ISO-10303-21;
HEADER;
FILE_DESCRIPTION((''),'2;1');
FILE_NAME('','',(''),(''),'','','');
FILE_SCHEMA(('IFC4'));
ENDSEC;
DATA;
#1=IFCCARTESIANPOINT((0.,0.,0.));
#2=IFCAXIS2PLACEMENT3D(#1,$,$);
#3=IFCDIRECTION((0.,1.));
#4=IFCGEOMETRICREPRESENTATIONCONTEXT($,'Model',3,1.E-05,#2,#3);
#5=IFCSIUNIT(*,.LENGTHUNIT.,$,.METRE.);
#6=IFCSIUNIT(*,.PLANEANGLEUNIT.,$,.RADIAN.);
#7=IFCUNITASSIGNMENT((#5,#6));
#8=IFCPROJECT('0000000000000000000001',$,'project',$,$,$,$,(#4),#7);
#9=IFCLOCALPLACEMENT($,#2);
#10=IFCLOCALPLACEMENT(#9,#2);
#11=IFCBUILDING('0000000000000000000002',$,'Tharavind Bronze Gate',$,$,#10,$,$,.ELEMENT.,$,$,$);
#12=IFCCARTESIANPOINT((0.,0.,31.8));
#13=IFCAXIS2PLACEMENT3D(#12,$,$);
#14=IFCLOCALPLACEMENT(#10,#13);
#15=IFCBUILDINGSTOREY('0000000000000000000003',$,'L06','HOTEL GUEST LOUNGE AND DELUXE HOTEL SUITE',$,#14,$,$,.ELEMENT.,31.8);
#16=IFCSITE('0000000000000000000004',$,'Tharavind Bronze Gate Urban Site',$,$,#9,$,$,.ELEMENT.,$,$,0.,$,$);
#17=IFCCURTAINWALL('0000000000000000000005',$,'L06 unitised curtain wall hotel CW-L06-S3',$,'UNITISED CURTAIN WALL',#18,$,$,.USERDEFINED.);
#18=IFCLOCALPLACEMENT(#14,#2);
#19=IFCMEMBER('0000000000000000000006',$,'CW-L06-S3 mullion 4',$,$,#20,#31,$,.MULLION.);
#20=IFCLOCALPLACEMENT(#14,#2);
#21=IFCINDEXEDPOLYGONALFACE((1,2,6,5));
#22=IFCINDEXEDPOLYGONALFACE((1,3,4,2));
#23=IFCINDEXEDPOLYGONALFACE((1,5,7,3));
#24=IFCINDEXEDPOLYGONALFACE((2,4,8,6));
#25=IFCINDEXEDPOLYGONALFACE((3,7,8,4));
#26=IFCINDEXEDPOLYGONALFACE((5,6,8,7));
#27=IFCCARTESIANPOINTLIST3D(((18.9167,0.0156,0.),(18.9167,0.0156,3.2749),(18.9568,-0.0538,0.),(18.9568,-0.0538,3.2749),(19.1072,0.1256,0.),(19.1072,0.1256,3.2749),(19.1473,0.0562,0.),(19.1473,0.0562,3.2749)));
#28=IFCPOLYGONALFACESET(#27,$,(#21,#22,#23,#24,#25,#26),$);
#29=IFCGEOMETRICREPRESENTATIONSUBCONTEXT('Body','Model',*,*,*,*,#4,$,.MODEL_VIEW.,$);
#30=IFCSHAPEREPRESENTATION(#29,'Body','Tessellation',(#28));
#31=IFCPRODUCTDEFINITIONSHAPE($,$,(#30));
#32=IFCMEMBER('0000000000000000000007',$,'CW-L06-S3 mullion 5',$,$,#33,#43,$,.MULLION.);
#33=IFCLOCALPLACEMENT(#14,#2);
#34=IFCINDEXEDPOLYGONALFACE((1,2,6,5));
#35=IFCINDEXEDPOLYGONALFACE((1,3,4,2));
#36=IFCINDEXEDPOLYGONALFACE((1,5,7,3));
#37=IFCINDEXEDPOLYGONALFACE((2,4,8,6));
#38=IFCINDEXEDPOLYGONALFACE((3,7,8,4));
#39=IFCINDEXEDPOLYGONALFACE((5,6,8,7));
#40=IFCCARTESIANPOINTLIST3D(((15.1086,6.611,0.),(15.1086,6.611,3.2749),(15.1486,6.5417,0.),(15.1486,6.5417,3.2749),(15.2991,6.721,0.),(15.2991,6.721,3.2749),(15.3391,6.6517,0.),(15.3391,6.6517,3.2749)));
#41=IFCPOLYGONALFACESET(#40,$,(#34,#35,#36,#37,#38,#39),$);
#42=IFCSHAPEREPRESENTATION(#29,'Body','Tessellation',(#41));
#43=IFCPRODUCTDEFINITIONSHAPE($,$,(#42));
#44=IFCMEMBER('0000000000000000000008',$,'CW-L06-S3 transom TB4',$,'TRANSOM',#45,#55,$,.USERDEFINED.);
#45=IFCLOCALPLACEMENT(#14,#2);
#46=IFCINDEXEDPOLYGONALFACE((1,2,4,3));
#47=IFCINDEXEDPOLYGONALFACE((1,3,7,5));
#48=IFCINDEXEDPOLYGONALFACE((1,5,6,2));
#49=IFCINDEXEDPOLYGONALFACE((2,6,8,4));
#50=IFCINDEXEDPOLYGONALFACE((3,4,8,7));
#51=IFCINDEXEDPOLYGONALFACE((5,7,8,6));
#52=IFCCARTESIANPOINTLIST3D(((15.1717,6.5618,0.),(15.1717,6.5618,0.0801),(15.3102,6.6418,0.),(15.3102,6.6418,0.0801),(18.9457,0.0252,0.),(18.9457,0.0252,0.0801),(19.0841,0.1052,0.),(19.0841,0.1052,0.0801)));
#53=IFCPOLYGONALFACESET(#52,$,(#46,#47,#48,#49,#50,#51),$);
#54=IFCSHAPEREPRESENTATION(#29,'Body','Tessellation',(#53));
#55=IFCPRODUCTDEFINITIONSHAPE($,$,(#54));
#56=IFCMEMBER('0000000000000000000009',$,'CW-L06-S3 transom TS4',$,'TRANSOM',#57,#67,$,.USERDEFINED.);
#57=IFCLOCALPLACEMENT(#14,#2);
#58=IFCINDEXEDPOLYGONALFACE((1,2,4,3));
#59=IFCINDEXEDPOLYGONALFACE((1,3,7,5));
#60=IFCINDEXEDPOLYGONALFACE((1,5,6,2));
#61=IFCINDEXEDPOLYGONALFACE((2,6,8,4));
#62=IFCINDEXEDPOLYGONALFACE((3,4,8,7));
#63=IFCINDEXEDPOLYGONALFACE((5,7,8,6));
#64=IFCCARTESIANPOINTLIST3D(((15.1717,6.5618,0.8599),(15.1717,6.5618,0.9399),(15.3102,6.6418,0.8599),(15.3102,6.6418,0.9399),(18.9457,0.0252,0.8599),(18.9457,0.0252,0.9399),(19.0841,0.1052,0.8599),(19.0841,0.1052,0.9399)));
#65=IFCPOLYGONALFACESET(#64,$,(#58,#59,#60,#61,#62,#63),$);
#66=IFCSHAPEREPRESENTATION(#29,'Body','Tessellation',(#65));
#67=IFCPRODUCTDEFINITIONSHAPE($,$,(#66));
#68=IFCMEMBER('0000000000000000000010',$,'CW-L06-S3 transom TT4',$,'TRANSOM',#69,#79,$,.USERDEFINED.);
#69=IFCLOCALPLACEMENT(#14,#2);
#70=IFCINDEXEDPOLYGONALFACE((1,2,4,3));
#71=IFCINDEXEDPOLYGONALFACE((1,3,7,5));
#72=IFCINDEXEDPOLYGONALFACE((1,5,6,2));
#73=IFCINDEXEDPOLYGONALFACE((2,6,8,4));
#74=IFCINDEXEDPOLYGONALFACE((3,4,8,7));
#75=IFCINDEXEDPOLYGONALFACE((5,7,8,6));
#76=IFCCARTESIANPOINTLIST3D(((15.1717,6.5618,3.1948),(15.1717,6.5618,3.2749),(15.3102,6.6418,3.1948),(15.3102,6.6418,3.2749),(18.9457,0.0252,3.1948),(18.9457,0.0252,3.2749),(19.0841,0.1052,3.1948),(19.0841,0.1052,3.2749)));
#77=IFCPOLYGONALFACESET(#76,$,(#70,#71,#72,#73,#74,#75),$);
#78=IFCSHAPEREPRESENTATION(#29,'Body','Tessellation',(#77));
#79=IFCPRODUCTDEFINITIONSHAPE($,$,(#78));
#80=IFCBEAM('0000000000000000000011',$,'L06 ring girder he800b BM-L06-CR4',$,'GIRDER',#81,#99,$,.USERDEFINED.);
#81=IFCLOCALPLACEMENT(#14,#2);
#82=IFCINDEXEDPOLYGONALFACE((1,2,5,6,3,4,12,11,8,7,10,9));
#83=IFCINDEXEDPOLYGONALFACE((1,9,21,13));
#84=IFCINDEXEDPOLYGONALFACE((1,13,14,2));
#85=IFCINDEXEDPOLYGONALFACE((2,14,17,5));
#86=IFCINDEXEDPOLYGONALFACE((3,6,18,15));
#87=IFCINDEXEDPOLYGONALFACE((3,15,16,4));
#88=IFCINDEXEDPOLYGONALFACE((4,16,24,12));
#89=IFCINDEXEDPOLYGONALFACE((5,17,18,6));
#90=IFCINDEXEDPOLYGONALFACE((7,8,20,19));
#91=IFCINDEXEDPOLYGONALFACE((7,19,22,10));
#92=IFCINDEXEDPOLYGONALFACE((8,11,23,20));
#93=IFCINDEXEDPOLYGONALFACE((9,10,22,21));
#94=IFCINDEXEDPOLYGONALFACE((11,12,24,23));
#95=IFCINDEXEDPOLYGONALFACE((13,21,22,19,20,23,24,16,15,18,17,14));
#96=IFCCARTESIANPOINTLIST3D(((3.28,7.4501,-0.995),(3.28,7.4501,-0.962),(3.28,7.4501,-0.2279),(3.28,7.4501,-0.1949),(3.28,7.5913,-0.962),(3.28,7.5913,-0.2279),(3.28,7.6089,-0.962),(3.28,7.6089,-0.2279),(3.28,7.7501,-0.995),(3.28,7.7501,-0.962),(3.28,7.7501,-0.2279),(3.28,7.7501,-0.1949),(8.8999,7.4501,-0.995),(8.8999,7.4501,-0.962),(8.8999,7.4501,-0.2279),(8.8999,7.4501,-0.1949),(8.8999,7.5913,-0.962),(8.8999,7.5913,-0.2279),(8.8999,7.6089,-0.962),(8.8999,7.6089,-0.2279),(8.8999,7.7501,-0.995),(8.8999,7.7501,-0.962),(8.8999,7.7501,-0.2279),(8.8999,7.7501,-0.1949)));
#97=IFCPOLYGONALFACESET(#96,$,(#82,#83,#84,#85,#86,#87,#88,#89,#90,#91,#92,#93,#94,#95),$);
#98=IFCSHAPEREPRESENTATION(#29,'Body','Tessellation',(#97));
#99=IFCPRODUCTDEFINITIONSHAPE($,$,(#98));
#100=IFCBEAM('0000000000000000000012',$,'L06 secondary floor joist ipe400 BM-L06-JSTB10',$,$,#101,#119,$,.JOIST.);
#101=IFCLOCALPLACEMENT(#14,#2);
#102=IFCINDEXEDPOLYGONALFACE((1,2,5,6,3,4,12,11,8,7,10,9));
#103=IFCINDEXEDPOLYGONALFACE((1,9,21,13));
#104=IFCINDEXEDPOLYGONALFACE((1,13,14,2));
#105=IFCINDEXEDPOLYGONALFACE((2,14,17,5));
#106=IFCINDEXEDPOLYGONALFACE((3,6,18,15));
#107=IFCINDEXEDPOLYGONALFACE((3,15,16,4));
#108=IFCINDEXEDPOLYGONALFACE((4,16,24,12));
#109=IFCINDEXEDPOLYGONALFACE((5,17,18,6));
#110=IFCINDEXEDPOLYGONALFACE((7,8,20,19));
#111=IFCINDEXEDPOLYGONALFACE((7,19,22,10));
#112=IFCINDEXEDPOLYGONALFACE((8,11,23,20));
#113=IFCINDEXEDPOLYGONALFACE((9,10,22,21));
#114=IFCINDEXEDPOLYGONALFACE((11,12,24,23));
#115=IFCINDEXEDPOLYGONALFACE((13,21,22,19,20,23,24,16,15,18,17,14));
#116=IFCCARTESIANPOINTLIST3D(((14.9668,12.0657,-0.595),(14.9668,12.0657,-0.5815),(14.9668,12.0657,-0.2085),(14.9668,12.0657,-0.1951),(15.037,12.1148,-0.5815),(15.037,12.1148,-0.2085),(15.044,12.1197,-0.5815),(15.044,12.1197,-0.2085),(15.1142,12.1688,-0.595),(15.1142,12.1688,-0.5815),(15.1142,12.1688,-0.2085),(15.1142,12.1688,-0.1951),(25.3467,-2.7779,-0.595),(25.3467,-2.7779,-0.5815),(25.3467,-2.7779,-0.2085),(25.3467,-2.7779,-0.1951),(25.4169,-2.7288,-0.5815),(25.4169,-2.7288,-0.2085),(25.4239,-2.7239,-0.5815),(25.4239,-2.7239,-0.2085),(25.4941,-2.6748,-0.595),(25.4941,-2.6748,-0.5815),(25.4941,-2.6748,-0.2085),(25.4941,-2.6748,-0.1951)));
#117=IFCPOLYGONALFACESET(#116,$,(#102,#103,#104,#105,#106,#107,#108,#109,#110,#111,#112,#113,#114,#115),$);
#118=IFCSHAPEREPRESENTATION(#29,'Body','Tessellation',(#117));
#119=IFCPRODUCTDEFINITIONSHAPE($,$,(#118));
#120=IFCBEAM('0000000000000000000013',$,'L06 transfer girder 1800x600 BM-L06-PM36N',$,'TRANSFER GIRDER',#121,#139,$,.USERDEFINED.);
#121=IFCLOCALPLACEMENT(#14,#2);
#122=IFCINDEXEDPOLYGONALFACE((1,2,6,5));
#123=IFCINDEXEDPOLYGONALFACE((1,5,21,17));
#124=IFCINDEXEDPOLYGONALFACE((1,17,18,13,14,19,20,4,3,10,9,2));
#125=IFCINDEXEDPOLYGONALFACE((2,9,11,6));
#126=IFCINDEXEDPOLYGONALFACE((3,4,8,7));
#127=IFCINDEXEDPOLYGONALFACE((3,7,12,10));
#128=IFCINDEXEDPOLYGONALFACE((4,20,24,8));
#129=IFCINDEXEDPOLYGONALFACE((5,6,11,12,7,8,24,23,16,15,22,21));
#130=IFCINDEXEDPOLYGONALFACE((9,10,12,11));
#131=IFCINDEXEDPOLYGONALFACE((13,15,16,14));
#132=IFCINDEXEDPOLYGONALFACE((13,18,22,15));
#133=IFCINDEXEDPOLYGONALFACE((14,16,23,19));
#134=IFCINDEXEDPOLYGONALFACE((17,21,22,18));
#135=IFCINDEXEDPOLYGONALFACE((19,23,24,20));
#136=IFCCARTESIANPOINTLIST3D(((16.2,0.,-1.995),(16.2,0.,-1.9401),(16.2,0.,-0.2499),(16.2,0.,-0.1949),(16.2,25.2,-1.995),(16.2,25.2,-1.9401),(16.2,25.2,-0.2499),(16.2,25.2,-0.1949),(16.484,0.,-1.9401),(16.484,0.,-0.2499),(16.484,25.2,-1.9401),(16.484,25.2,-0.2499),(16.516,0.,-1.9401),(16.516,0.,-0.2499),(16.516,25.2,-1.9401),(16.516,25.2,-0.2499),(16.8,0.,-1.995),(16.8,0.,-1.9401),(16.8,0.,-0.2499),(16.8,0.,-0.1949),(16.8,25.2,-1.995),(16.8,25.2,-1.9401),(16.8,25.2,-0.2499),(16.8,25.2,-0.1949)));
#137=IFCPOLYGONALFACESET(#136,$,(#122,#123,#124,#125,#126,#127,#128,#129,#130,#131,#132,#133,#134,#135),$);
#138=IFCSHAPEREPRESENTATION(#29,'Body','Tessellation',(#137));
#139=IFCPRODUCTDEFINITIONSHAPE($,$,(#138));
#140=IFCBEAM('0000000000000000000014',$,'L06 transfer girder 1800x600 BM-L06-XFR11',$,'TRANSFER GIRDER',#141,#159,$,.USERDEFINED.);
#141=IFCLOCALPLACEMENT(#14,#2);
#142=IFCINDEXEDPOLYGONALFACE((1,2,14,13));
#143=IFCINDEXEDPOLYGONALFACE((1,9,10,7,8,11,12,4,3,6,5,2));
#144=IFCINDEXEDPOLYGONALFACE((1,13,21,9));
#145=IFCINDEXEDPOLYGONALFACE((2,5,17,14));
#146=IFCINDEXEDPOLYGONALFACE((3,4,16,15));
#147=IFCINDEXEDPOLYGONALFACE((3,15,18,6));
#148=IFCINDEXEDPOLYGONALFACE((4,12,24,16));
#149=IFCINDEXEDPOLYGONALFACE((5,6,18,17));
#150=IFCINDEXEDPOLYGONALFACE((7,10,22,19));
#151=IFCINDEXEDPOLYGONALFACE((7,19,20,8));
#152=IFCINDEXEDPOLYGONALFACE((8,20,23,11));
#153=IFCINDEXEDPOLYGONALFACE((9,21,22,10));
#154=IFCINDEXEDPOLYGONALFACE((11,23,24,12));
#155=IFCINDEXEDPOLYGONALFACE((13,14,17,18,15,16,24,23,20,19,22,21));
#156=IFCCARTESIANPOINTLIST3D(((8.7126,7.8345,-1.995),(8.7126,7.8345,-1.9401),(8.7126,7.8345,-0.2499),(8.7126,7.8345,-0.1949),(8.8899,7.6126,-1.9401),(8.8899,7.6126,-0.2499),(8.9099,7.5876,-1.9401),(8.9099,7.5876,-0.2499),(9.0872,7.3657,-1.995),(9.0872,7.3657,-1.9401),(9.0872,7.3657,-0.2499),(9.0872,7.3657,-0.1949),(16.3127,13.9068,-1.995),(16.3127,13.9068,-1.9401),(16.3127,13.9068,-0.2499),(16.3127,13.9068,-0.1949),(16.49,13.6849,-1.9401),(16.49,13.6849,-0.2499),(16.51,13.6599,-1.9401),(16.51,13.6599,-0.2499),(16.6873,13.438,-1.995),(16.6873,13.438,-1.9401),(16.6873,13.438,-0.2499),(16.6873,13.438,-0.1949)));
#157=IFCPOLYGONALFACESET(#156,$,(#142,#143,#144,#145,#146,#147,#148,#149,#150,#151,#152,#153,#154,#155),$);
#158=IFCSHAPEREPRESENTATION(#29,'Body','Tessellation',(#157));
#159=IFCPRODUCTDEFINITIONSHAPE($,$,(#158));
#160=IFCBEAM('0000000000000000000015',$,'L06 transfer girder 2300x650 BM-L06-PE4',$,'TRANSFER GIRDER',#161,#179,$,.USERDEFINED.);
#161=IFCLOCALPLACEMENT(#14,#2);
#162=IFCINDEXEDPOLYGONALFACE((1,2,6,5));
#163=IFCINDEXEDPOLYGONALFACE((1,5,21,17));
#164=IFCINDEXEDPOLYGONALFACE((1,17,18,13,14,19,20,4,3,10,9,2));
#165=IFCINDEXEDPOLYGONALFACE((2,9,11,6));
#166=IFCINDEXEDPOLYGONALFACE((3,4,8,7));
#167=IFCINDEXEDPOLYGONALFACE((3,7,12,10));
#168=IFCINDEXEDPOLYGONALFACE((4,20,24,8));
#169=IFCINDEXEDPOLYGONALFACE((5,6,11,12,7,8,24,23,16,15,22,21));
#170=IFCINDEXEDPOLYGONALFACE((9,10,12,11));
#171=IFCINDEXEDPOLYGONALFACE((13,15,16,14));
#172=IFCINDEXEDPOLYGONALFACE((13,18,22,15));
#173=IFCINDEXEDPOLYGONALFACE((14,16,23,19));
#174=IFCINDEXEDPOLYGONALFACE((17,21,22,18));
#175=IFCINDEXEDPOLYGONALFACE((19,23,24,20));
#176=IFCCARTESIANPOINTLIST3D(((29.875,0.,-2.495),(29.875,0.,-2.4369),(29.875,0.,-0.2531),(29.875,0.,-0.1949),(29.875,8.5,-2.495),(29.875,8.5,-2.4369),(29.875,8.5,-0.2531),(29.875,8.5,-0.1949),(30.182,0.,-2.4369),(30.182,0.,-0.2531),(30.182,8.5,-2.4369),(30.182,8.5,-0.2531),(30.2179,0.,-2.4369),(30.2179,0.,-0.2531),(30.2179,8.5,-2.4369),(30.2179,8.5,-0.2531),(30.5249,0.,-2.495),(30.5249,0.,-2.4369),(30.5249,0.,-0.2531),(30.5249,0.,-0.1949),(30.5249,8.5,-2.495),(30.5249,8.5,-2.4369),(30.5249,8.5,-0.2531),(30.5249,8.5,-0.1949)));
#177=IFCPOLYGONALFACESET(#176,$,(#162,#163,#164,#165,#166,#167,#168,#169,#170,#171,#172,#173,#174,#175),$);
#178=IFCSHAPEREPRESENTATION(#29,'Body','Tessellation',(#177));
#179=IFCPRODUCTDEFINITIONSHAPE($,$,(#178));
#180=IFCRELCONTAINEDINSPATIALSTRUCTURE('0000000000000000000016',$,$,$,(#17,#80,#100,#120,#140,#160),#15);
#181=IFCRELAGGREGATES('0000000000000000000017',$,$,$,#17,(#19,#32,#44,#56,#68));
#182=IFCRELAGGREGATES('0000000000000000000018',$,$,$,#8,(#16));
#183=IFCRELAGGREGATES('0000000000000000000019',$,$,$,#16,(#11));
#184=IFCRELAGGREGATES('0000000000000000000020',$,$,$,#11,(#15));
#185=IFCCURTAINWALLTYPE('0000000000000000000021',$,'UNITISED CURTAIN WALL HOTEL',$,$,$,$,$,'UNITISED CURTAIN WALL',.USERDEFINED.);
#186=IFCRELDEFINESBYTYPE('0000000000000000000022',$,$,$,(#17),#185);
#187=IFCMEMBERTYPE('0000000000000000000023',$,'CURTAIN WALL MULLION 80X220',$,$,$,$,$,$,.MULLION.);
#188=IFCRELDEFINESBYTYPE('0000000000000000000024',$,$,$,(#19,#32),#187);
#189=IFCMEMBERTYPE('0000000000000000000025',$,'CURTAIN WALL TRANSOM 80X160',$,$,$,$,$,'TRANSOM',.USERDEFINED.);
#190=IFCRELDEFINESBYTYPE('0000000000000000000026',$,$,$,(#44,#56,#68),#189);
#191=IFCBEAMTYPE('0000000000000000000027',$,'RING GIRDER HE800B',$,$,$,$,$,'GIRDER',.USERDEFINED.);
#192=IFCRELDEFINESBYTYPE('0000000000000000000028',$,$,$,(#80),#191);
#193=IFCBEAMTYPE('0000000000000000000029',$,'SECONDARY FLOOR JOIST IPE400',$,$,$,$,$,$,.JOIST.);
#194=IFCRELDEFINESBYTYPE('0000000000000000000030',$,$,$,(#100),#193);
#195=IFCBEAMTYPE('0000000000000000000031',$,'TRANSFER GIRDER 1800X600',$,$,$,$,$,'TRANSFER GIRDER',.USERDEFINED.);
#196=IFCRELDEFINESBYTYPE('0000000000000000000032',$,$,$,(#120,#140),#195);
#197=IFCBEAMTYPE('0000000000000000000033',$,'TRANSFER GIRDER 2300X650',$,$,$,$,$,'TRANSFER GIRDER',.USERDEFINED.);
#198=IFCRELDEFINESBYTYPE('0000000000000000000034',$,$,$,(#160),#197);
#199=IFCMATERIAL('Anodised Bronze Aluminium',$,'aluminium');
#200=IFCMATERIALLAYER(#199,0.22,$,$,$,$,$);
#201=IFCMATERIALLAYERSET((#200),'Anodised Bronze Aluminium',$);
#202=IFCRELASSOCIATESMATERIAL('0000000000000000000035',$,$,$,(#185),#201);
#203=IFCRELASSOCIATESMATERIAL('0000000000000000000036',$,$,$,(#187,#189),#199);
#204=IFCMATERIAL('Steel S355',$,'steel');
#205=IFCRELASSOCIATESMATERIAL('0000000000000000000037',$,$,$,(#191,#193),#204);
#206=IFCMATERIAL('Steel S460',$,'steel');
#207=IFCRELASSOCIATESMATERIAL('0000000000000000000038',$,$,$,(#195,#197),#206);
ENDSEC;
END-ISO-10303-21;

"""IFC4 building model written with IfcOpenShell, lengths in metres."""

from ifc_helpers import new_model, si_unit, direction, frame, origin, origin_2d, place, context, subcontext, project, spatial, rectangle, i_section, extrude, material, layer, layer_set, material_profile, profile_set, type_object, element, aggregate, save


model = new_model("IFC4")

# Units and contexts
model_context = context("Model", 3, precision=1e-05, world=origin(), true_north=direction((0.0, 1.0)))
body_context = subcontext(model_context, "Body", "Model", "MODEL_VIEW")
ifc_project = project(units=[si_unit("LENGTHUNIT", "METRE"), si_unit("PLANEANGLEUNIT", "RADIAN")], contexts=[model_context])

# Site, building, storey
site_placement = place(None, origin())
site = spatial("IfcSite", under=ifc_project, at=site_placement, Name="Tharavind Bronze Gate Urban Site", CompositionType="ELEMENT", RefElevation=0.0)
building_placement = place(site_placement, origin())
building = spatial("IfcBuilding", under=site, at=building_placement, Name="Tharavind Bronze Gate", CompositionType="ELEMENT")
storey_placement = place(building_placement, frame((0.0, 0.0, 31.8)))
storey = spatial("IfcBuildingStorey", under=building, at=storey_placement, Name="L06", Description="HOTEL GUEST LOUNGE AND DELUXE HOTEL SUITE", CompositionType="ELEMENT", Elevation=31.8)

# Curtain wall, members
ifc_material_1 = material(Name="Anodised Bronze Aluminium", Category="aluminium")
ifc_layer_1 = layer(ifc_material_1, 0.22)
ifc_layer_set_1 = layer_set([ifc_layer_1], Name="Anodised Bronze Aluminium")
curtain_wall_type = type_object("IfcCurtainWallType", Name="UNITISED CURTAIN WALL HOTEL", ElementType="UNITISED CURTAIN WALL", PredefinedType="USERDEFINED", material=ifc_layer_set_1)
curtain_wall_placement = place(storey_placement, origin())
curtain_wall = element("IfcCurtainWall", 1, at=curtain_wall_placement, inside=storey, type_object=curtain_wall_type, Name="L06 unitised curtain wall hotel CW-L06-S3", ObjectType="UNITISED CURTAIN WALL", PredefinedType="USERDEFINED")
member_type_1 = type_object("IfcMemberType", Name="CURTAIN WALL MULLION 80X220", PredefinedType="MULLION", material=ifc_material_1)
member_1_placement = place(storey_placement, frame((19.032, 0.0359, 0.0), z_axis=(0.0, 0.0, 1.0), x_axis=(-0.500002, 0.866025, 0.0)))
member_1 = element("IfcMember", 2, at=member_1_placement, type_object=member_type_1, Name="CW-L06-S3 mullion 4", PredefinedType="MULLION", context=body_context, shape_type="SweptSolid", body=[
    extrude(rectangle(XDim=0.0801, YDim=0.22, at=origin_2d()), origin(), (0.0, 0.0, 1.0), 3.2749),
])
member_2_placement = place(storey_placement, frame((15.2239, 6.6313, 0.0), z_axis=(0.0, 0.0, 1.0), x_axis=(-0.500002, 0.866025, 0.0)))
member_2 = element("IfcMember", 3, at=member_2_placement, type_object=member_type_1, Name="CW-L06-S3 mullion 5", PredefinedType="MULLION", context=body_context, shape_type="SweptSolid", body=[
    extrude(rectangle(XDim=0.0801, YDim=0.22, at=origin_2d()), origin(), (0.0, 0.0, 1.0), 3.2749),
])
member_type_2 = type_object("IfcMemberType", Name="CURTAIN WALL TRANSOM 80X160", ElementType="TRANSOM", PredefinedType="USERDEFINED", material=ifc_material_1)
member_3_placement = place(storey_placement, frame((17.1279, 3.3335, 0.0), z_axis=(0.0, 0.0, 1.0), x_axis=(-0.500002, 0.866025, 0.0)))
member_3 = element("IfcMember", 4, at=member_3_placement, type_object=member_type_2, Name="CW-L06-S3 transom TB4", ObjectType="TRANSOM", PredefinedType="USERDEFINED", context=body_context, shape_type="SweptSolid", body=[
    extrude(rectangle(XDim=7.5479, YDim=0.1599, at=origin_2d()), origin(), (0.0, 0.0, 1.0), 0.0801),
])
member_4_placement = place(storey_placement, frame((17.1279, 3.3335, 0.8599), z_axis=(0.0, 0.0, 1.0), x_axis=(-0.500002, 0.866025, 0.0)))
member_4 = element("IfcMember", 5, at=member_4_placement, type_object=member_type_2, Name="CW-L06-S3 transom TS4", ObjectType="TRANSOM", PredefinedType="USERDEFINED", context=body_context, shape_type="SweptSolid", body=[
    extrude(rectangle(XDim=7.5479, YDim=0.1599, at=origin_2d()), origin(), (0.0, 0.0, 1.0), 0.0801),
])
member_5_placement = place(storey_placement, frame((17.1279, 3.3335, 3.1948), z_axis=(0.0, 0.0, 1.0), x_axis=(-0.500002, 0.866025, 0.0)))
member_5 = element("IfcMember", 6, at=member_5_placement, type_object=member_type_2, Name="CW-L06-S3 transom TT4", ObjectType="TRANSOM", PredefinedType="USERDEFINED", context=body_context, shape_type="SweptSolid", body=[
    extrude(rectangle(XDim=7.5479, YDim=0.1599, at=origin_2d()), origin(), (0.0, 0.0, 1.0), 0.0801),
])

# Beams
ifc_material_2 = material(Name="Steel S355", Category="steel")
ifc_material_profile_1 = material_profile(ifc_material_2, i_section(OverallWidth=0.3, OverallDepth=0.8, WebThickness=0.0176, FlangeThickness=0.033, at=origin_2d()), Name="HE800B")
ifc_profile_set_1 = profile_set([ifc_material_profile_1], Name="Steel S355")
beam_type_1 = type_object("IfcBeamType", Name="RING GIRDER HE800B", ElementType="GIRDER", PredefinedType="USERDEFINED", material=ifc_profile_set_1)
beam_1_placement = place(storey_placement, frame((8.8999, 7.6001, -0.595), z_axis=(-1.0, 0.0, 0.0), x_axis=(0.0, -1.0, 0.0)))
element("IfcBeam", 7, at=beam_1_placement, inside=storey, type_object=beam_type_1, Name="L06 ring girder he800b BM-L06-CR4", ObjectType="GIRDER", PredefinedType="USERDEFINED", context=body_context, shape_type="SweptSolid", body=[
    extrude(i_section(OverallWidth=0.3, OverallDepth=0.8, WebThickness=0.0176, FlangeThickness=0.033, at=origin_2d()), origin(), (0.0, 0.0, 1.0), 5.6199),
])
ifc_material_profile_2 = material_profile(ifc_material_2, i_section(OverallWidth=0.1799, OverallDepth=0.3999, WebThickness=0.0085, FlangeThickness=0.0134, at=origin_2d()), Name="IPE400")
ifc_profile_set_2 = profile_set([ifc_material_profile_2], Name="Steel S355")
beam_type_2 = type_object("IfcBeamType", Name="SECONDARY FLOOR JOIST IPE400", PredefinedType="JOIST", material=ifc_profile_set_2)
beam_2_placement = place(storey_placement, frame((25.4204, -2.7263, -0.395), z_axis=(-0.573071, 0.819506, 0.0), x_axis=(-0.819506, -0.573071, 0.0)))
element("IfcBeam", 8, at=beam_2_placement, inside=storey, type_object=beam_type_2, Name="L06 secondary floor joist ipe400 BM-L06-JSTB10", PredefinedType="JOIST", context=body_context, shape_type="SweptSolid", body=[
    extrude(i_section(OverallWidth=0.1799, OverallDepth=0.3999, WebThickness=0.0085, FlangeThickness=0.0134, at=origin_2d()), origin(), (0.0, 0.0, 1.0), 18.1128),
])
ifc_material_3 = material(Name="Steel S460", Category="steel")
ifc_material_profile_3 = material_profile(ifc_material_3, i_section(OverallWidth=0.6001, OverallDepth=1.8, WebThickness=0.032, FlangeThickness=0.0549, at=origin_2d()), Name="PG1800X600")
ifc_profile_set_3 = profile_set([ifc_material_profile_3], Name="Steel S460")
beam_type_3 = type_object("IfcBeamType", Name="TRANSFER GIRDER 1800X600", ElementType="TRANSFER GIRDER", PredefinedType="USERDEFINED", material=ifc_profile_set_3)
beam_3_placement = place(storey_placement, frame((16.5, 0.0, -1.095), z_axis=(0.0, 1.0, 0.0), x_axis=(-1.0, 0.0, 0.0)))
element("IfcBeam", 9, at=beam_3_placement, inside=storey, type_object=beam_type_3, Name="L06 transfer girder 1800x600 BM-L06-PM36N", ObjectType="TRANSFER GIRDER", PredefinedType="USERDEFINED", context=body_context, shape_type="SweptSolid", body=[
    extrude(i_section(OverallWidth=0.6001, OverallDepth=1.8, WebThickness=0.032, FlangeThickness=0.0549, at=origin_2d()), origin(), (0.0, 0.0, 1.0), 25.2),
])
beam_4_placement = place(storey_placement, frame((8.8999, 7.6001, -1.095), z_axis=(0.78126, 0.624205, 0.0), x_axis=(-0.624205, 0.78126, 0.0)))
element("IfcBeam", 10, at=beam_4_placement, inside=storey, type_object=beam_type_3, Name="L06 transfer girder 1800x600 BM-L06-XFR11", ObjectType="TRANSFER GIRDER", PredefinedType="USERDEFINED", context=body_context, shape_type="SweptSolid", body=[
    extrude(i_section(OverallWidth=0.6001, OverallDepth=1.8, WebThickness=0.032, FlangeThickness=0.0549, at=origin_2d()), origin(), (0.0, 0.0, 1.0), 9.728),
])
ifc_material_profile_4 = material_profile(ifc_material_3, i_section(OverallWidth=0.6499, OverallDepth=2.3, WebThickness=0.0359, FlangeThickness=0.0581, at=origin_2d()), Name="PG2300X650")
ifc_profile_set_4 = profile_set([ifc_material_profile_4], Name="Steel S460")
beam_type_4 = type_object("IfcBeamType", Name="TRANSFER GIRDER 2300X650", ElementType="TRANSFER GIRDER", PredefinedType="USERDEFINED", material=ifc_profile_set_4)
beam_5_placement = place(storey_placement, frame((30.2, 0.0, -1.345), z_axis=(0.0, 1.0, 0.0), x_axis=(-1.0, 0.0, 0.0)))
element("IfcBeam", 11, at=beam_5_placement, inside=storey, type_object=beam_type_4, Name="L06 transfer girder 2300x650 BM-L06-PE4", ObjectType="TRANSFER GIRDER", PredefinedType="USERDEFINED", context=body_context, shape_type="SweptSolid", body=[
    extrude(i_section(OverallWidth=0.6499, OverallDepth=2.3, WebThickness=0.0359, FlangeThickness=0.0581, at=origin_2d()), origin(), (0.0, 0.0, 1.0), 8.5),
])

aggregate(curtain_wall, [member_1, member_2, member_3, member_4, member_5])

save(model, "model.ifc")
